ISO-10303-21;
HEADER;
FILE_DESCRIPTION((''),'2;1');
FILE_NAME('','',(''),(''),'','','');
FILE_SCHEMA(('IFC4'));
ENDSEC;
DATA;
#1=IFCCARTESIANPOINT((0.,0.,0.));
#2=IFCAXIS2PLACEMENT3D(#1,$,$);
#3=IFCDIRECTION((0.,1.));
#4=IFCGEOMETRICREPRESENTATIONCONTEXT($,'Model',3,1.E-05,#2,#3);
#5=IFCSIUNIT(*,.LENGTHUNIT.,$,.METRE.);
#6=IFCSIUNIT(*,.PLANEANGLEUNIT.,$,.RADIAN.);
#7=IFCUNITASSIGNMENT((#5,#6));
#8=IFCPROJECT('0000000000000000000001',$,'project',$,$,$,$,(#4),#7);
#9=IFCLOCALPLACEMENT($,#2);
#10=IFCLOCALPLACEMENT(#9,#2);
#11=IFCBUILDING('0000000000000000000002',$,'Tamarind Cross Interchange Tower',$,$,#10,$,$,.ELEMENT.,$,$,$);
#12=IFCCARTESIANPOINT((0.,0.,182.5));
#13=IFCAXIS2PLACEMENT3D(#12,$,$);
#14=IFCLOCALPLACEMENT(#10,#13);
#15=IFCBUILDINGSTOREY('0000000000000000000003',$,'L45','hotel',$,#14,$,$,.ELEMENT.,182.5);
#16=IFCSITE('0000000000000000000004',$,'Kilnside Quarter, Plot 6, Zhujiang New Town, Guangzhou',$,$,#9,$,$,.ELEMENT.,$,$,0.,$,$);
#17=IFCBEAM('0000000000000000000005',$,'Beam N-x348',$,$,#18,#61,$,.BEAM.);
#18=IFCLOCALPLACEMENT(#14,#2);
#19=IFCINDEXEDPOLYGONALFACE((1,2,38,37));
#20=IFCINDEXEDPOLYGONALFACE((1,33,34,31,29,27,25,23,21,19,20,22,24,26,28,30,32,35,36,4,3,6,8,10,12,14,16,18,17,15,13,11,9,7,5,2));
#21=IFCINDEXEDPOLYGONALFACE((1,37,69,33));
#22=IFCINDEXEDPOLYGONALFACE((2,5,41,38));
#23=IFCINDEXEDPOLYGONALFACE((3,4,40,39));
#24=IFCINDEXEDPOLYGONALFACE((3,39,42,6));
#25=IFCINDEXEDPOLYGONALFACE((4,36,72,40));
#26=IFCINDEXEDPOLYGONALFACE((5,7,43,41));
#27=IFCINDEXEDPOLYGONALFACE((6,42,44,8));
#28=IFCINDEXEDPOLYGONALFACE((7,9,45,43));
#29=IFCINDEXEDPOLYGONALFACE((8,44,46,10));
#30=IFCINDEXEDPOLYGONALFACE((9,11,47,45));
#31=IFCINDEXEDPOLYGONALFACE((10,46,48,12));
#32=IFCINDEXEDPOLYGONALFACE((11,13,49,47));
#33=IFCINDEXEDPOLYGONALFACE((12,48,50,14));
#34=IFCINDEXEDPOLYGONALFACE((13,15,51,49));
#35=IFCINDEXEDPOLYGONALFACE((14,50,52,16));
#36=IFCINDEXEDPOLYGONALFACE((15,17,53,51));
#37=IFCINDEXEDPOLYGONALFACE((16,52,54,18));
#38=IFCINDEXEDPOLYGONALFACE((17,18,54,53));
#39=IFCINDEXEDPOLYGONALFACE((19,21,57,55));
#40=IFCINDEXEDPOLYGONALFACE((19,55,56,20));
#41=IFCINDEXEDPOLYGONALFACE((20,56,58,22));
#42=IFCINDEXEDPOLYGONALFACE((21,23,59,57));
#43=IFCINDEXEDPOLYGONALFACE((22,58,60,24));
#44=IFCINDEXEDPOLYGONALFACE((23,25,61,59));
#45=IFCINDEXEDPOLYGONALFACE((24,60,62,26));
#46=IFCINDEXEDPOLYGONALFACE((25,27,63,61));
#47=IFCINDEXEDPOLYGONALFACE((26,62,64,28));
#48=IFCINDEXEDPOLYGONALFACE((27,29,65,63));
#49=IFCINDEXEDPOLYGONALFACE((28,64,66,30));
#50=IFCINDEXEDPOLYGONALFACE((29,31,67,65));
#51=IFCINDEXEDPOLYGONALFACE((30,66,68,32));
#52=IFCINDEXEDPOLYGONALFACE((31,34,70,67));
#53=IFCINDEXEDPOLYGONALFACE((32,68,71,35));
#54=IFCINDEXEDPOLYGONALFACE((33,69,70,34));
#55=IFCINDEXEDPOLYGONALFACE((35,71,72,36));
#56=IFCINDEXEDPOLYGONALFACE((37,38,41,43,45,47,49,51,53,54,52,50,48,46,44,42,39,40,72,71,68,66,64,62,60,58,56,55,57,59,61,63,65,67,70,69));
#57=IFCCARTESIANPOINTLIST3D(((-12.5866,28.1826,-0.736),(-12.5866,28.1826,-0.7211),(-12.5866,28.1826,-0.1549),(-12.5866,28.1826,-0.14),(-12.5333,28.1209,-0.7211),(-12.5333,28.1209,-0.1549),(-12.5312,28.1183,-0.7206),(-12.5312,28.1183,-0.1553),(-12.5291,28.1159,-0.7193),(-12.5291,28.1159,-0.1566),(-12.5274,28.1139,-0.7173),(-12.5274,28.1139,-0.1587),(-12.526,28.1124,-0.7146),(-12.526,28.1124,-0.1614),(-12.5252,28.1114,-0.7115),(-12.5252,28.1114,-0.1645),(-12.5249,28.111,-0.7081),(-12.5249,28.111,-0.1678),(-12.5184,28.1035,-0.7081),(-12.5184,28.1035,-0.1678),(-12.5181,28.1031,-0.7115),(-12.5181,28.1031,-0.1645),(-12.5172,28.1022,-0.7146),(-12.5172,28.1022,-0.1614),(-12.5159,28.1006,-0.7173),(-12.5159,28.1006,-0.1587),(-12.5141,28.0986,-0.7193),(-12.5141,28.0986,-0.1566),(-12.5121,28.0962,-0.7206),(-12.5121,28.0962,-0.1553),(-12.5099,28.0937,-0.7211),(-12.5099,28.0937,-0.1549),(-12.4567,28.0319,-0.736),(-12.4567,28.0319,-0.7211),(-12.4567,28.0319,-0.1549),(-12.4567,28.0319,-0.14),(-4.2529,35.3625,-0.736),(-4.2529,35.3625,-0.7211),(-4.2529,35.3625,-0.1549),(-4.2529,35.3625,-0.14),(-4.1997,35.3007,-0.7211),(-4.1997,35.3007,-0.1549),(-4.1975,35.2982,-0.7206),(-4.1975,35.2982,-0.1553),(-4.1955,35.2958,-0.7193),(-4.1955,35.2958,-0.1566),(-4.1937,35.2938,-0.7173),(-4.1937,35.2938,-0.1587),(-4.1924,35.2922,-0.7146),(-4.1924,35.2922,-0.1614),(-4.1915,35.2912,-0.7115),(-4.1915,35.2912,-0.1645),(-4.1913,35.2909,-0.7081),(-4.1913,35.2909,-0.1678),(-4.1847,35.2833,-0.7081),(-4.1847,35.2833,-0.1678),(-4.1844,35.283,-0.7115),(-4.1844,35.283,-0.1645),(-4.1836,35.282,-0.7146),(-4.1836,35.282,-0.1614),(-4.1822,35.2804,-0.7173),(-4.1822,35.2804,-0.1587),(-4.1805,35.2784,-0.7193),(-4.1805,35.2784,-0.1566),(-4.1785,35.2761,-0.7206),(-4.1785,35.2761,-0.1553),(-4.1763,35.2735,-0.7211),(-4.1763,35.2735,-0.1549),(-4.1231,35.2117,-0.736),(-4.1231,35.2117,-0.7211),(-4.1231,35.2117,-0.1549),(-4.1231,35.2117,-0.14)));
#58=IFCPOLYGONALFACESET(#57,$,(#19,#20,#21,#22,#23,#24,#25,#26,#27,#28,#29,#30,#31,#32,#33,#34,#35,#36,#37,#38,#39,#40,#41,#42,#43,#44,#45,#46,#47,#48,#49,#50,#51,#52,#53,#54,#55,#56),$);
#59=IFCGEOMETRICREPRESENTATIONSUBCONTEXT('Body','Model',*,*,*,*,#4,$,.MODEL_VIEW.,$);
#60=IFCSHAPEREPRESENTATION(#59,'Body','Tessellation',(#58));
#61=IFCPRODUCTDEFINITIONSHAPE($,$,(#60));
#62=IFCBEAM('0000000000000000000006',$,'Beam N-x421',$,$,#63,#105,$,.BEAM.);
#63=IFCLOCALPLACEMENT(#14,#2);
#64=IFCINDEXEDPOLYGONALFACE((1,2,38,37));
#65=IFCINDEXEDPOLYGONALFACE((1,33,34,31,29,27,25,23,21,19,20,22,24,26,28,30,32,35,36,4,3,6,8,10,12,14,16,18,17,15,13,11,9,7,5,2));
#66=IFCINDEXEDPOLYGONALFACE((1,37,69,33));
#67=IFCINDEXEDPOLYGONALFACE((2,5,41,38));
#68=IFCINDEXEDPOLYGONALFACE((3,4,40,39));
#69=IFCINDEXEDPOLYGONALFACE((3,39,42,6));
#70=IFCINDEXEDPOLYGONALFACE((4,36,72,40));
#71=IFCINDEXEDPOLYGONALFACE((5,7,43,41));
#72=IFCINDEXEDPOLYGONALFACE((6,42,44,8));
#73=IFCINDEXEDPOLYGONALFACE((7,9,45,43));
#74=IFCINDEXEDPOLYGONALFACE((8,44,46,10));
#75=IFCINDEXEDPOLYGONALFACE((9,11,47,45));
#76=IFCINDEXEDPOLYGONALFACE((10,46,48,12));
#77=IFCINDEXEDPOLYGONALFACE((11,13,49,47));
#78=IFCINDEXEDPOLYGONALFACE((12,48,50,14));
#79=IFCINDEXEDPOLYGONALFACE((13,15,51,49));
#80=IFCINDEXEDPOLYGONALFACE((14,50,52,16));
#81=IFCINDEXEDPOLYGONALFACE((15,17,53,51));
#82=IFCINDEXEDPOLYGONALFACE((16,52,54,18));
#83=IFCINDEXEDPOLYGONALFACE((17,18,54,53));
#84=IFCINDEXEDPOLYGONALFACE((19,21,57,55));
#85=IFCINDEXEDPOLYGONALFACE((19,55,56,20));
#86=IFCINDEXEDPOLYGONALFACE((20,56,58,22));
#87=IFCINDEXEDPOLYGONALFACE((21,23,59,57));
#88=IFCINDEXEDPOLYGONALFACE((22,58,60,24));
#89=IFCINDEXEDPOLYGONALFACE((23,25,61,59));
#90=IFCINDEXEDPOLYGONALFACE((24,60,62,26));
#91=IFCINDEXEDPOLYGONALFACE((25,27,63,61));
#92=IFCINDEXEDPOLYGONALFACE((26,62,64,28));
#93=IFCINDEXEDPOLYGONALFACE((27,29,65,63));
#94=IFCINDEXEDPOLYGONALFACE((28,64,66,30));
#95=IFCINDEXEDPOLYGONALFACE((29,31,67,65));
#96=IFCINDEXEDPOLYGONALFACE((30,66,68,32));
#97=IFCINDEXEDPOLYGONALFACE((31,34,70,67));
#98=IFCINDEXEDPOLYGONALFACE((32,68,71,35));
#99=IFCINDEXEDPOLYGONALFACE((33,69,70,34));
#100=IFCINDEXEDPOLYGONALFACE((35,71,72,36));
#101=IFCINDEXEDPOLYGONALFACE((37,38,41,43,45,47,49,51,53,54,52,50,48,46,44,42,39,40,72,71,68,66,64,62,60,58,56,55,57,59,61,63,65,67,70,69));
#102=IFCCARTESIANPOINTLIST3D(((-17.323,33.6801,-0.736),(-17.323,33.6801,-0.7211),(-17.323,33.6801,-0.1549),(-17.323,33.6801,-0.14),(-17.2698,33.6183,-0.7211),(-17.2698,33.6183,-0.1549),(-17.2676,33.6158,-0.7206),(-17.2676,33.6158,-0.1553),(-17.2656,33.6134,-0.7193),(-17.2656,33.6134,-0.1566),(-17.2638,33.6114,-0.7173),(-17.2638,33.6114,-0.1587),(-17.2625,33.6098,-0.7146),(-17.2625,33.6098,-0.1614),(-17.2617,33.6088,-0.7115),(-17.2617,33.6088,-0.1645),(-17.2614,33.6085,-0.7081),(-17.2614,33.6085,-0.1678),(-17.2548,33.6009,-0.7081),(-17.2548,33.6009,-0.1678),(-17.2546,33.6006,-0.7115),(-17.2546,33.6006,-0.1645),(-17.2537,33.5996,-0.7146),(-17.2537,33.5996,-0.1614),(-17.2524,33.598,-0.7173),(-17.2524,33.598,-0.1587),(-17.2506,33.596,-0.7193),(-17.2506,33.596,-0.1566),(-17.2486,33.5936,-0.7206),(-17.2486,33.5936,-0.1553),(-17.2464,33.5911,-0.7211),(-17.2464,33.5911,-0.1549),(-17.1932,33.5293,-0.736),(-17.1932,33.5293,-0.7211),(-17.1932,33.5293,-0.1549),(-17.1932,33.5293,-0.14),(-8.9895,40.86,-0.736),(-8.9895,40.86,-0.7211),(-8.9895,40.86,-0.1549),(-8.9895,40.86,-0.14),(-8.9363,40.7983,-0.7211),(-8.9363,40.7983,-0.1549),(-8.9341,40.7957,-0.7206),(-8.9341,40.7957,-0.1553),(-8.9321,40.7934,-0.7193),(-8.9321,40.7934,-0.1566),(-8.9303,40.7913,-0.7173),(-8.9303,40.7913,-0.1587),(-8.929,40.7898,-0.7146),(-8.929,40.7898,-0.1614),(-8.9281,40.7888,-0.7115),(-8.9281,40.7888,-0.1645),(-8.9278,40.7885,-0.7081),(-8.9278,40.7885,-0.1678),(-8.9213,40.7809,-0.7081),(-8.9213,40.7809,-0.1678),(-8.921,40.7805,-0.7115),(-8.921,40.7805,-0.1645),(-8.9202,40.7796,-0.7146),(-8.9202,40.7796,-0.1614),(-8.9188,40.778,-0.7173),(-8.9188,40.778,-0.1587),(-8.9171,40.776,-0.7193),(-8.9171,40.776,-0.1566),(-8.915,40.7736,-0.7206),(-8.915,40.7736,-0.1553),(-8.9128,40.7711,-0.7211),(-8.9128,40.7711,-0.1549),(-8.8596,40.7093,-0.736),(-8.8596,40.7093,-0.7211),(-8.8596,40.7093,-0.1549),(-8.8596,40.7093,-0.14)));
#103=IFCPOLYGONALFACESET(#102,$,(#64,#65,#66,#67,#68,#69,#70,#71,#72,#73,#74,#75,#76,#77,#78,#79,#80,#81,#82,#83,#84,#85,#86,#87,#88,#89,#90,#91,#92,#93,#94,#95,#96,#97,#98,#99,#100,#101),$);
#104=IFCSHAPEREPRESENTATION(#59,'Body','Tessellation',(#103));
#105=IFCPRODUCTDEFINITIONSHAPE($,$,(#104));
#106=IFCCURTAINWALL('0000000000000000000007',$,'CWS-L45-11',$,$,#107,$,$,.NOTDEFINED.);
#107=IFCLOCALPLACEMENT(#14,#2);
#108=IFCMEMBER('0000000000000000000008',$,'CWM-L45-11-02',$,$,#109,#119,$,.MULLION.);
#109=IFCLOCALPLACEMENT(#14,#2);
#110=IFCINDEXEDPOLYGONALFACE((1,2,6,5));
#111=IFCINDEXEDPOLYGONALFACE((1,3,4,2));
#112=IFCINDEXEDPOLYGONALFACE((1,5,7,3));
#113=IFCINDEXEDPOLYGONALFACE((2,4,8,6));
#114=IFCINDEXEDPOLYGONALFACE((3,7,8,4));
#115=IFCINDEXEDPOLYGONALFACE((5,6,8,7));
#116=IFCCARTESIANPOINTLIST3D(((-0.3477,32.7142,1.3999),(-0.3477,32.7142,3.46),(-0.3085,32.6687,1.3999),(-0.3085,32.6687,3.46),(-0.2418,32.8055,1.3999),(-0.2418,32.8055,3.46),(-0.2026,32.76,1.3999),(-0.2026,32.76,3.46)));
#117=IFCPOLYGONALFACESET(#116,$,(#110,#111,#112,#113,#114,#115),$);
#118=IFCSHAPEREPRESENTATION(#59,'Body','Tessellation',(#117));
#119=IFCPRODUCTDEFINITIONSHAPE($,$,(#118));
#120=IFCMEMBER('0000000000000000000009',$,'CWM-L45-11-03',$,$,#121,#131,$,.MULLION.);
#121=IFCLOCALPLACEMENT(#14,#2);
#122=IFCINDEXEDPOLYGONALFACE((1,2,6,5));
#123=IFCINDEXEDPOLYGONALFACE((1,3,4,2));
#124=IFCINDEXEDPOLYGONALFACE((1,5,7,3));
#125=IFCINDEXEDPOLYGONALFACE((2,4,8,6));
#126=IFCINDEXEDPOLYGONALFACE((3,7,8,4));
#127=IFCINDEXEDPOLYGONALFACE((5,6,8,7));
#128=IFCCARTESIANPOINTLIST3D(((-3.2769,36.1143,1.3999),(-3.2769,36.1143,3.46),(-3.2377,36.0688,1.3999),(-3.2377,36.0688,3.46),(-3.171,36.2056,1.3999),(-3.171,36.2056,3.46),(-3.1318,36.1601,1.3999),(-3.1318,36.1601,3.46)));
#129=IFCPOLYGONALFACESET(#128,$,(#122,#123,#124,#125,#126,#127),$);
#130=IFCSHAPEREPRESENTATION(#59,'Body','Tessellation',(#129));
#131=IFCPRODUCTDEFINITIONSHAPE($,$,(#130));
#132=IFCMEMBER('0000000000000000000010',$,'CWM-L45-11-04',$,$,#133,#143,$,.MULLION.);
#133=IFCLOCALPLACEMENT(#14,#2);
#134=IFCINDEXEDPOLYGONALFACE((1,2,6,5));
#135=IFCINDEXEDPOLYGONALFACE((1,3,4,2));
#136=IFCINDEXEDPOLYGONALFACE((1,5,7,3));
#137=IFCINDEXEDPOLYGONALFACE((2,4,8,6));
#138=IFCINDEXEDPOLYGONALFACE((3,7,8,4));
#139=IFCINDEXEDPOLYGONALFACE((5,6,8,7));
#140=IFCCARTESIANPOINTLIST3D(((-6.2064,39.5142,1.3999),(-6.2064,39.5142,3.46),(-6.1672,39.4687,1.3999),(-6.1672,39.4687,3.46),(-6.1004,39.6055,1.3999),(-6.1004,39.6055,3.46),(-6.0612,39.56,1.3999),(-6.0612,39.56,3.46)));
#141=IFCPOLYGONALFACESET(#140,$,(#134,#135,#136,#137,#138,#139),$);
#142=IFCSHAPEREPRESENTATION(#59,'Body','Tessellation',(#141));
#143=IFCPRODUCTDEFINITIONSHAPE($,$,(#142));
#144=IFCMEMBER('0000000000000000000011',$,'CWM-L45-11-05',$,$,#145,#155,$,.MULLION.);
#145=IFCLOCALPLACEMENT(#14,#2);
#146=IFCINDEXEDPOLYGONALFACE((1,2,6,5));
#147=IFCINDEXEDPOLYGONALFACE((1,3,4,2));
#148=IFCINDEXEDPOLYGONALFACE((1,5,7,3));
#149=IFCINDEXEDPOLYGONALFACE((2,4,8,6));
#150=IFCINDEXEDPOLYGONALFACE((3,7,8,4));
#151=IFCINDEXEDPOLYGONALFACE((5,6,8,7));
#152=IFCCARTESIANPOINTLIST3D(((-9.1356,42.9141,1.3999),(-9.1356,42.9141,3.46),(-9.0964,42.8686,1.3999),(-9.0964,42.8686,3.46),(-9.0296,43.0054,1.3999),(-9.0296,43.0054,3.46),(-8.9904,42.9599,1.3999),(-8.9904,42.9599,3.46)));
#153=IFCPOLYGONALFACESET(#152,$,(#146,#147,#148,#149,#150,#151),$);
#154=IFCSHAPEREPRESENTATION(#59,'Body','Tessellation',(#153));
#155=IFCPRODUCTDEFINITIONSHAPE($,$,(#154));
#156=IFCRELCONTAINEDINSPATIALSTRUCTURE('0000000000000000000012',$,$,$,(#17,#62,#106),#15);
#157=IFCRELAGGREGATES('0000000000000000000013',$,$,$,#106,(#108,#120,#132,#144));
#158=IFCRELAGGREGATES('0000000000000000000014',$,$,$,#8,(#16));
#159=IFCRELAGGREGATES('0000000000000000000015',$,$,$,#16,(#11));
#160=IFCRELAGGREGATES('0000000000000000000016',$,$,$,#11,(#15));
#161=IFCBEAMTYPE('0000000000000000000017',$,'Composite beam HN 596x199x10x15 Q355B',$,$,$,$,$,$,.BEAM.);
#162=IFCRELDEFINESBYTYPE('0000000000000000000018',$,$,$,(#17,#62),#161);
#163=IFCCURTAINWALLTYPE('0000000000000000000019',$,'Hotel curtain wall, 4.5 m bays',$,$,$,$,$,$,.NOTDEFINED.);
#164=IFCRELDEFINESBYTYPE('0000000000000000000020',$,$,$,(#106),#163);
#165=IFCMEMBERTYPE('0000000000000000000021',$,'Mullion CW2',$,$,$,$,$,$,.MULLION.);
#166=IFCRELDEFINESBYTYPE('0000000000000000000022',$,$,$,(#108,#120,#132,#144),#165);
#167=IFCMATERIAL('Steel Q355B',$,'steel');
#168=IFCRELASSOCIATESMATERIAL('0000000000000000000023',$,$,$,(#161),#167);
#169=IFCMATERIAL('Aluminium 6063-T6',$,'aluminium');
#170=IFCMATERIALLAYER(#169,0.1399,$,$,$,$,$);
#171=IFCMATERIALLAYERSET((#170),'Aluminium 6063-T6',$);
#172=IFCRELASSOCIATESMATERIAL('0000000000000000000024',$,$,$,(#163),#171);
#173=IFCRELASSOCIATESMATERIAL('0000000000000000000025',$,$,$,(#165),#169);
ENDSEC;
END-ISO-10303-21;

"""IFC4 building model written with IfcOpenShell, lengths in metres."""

from ifc_helpers import new_model, si_unit, direction, frame, origin, origin_2d, place, context, subcontext, project, spatial, rectangle, i_section, extrude, material, layer, layer_set, material_profile, profile_set, type_object, element, aggregate, save


model = new_model("IFC4")

# Units and contexts
model_context = context("Model", 3, precision=1e-05, world=origin(), true_north=direction((0.0, 1.0)))
body_context = subcontext(model_context, "Body", "Model", "MODEL_VIEW")
ifc_project = project(units=[si_unit("LENGTHUNIT", "METRE"), si_unit("PLANEANGLEUNIT", "RADIAN")], contexts=[model_context])

# Site, building, storey
site_placement = place(None, origin())
site = spatial("IfcSite", under=ifc_project, at=site_placement, Name="Kilnside Quarter, Plot 6, Zhujiang New Town, Guangzhou", CompositionType="ELEMENT", RefElevation=0.0)
building_placement = place(site_placement, origin())
building = spatial("IfcBuilding", under=site, at=building_placement, Name="Tamarind Cross Interchange Tower", CompositionType="ELEMENT")
storey_placement = place(building_placement, frame((0.0, 0.0, 182.5)))
storey = spatial("IfcBuildingStorey", under=building, at=storey_placement, Name="L45", Description="hotel", CompositionType="ELEMENT", Elevation=182.5)

# Beams
ifc_material_1 = material(Name="Steel Q355B", Category="steel")
ifc_material_profile_1 = material_profile(ifc_material_1, i_section(OverallWidth=0.199, OverallDepth=0.5959, WebThickness=0.01, FlangeThickness=0.0149, FilletRadius=0.0129, at=origin_2d()), Name="HN 596x199x10x15")
ifc_profile_set_1 = profile_set([ifc_material_profile_1], Name="Steel Q355B")
beam_type_1 = type_object("IfcBeamType", Name="Composite beam HN 596x199x10x15 Q355B", PredefinedType="BEAM", material=ifc_profile_set_1)
for number, where, z_axis, x_axis, name in (
    (1, (-4.188, 35.2871, -0.438), (-0.757604, -0.652714, 0.0), (0.652714, -0.757604, 0.0), "Beam N-x348"),
    (2, (-8.9246, 40.7847, -0.438), (-0.757595, -0.652725, 0.0), (0.652725, -0.757595, 0.0), "Beam N-x421"),
):
    element("IfcBeam", number, at=place(storey_placement, frame(where, z_axis=z_axis, x_axis=x_axis)), inside=storey, type_object=beam_type_1, Name=name, PredefinedType="BEAM", context=body_context, shape_type="SweptSolid", body=[
        extrude(i_section(OverallWidth=0.199, OverallDepth=0.5959, WebThickness=0.01, FlangeThickness=0.0149, FilletRadius=0.0129, at=origin_2d()), origin(), (0.0, 0.0, 1.0), 11.0),
    ])

# Curtain wall, members
ifc_material_2 = material(Name="Aluminium 6063-T6", Category="aluminium")
ifc_layer_1 = layer(ifc_material_2, 0.1399)
ifc_layer_set_1 = layer_set([ifc_layer_1], Name="Aluminium 6063-T6")
curtain_wall_type = type_object("IfcCurtainWallType", Name="Hotel curtain wall, 4.5 m bays", PredefinedType="NOTDEFINED", material=ifc_layer_set_1)
curtain_wall_placement = place(storey_placement, origin())
curtain_wall = element("IfcCurtainWall", 3, at=curtain_wall_placement, inside=storey, type_object=curtain_wall_type, Name="CWS-L45-11", PredefinedType="NOTDEFINED")
ifc_material_profile_2 = material_profile(ifc_material_2, rectangle(XDim=0.0601, YDim=0.1399, at=origin_2d()), Name="Mullion CW2")
ifc_profile_set_2 = profile_set([ifc_material_profile_2], Name="Aluminium 6063-T6")
member_type = type_object("IfcMemberType", Name="Mullion CW2", PredefinedType="MULLION", material=ifc_profile_set_2)
member_1_placement = place(storey_placement, frame((-0.2751, 32.7371, 1.3999), z_axis=(0.0, 0.0, 1.0), x_axis=(-0.652723, 0.757597, 0.0)))
member_1 = element("IfcMember", 4, at=member_1_placement, type_object=member_type, Name="CWM-L45-11-02", PredefinedType="MULLION", context=body_context, shape_type="SweptSolid", body=[
    extrude(rectangle(XDim=0.0601, YDim=0.1399, at=origin_2d()), origin(), (0.0, 0.0, 1.0), 2.0601),
])
member_2_placement = place(storey_placement, frame((-3.2043, 36.1372, 1.3999), z_axis=(0.0, 0.0, 1.0), x_axis=(-0.652723, 0.757597, 0.0)))
member_2 = element("IfcMember", 5, at=member_2_placement, type_object=member_type, Name="CWM-L45-11-03", PredefinedType="MULLION", context=body_context, shape_type="SweptSolid", body=[
    extrude(rectangle(XDim=0.0601, YDim=0.1399, at=origin_2d()), origin(), (0.0, 0.0, 1.0), 2.0601),
])
member_3_placement = place(storey_placement, frame((-6.1338, 39.5371, 1.3999), z_axis=(0.0, 0.0, 1.0), x_axis=(-0.652723, 0.757597, 0.0)))
member_3 = element("IfcMember", 6, at=member_3_placement, type_object=member_type, Name="CWM-L45-11-04", PredefinedType="MULLION", context=body_context, shape_type="SweptSolid", body=[
    extrude(rectangle(XDim=0.0601, YDim=0.1399, at=origin_2d()), origin(), (0.0, 0.0, 1.0), 2.0601),
])
member_4_placement = place(storey_placement, frame((-9.063, 42.937, 1.3999), z_axis=(0.0, 0.0, 1.0), x_axis=(-0.652723, 0.757597, 0.0)))
member_4 = element("IfcMember", 7, at=member_4_placement, type_object=member_type, Name="CWM-L45-11-05", PredefinedType="MULLION", context=body_context, shape_type="SweptSolid", body=[
    extrude(rectangle(XDim=0.0601, YDim=0.1399, at=origin_2d()), origin(), (0.0, 0.0, 1.0), 2.0601),
])
aggregate(curtain_wall, [member_1, member_2, member_3, member_4])

save(model, "model.ifc")
